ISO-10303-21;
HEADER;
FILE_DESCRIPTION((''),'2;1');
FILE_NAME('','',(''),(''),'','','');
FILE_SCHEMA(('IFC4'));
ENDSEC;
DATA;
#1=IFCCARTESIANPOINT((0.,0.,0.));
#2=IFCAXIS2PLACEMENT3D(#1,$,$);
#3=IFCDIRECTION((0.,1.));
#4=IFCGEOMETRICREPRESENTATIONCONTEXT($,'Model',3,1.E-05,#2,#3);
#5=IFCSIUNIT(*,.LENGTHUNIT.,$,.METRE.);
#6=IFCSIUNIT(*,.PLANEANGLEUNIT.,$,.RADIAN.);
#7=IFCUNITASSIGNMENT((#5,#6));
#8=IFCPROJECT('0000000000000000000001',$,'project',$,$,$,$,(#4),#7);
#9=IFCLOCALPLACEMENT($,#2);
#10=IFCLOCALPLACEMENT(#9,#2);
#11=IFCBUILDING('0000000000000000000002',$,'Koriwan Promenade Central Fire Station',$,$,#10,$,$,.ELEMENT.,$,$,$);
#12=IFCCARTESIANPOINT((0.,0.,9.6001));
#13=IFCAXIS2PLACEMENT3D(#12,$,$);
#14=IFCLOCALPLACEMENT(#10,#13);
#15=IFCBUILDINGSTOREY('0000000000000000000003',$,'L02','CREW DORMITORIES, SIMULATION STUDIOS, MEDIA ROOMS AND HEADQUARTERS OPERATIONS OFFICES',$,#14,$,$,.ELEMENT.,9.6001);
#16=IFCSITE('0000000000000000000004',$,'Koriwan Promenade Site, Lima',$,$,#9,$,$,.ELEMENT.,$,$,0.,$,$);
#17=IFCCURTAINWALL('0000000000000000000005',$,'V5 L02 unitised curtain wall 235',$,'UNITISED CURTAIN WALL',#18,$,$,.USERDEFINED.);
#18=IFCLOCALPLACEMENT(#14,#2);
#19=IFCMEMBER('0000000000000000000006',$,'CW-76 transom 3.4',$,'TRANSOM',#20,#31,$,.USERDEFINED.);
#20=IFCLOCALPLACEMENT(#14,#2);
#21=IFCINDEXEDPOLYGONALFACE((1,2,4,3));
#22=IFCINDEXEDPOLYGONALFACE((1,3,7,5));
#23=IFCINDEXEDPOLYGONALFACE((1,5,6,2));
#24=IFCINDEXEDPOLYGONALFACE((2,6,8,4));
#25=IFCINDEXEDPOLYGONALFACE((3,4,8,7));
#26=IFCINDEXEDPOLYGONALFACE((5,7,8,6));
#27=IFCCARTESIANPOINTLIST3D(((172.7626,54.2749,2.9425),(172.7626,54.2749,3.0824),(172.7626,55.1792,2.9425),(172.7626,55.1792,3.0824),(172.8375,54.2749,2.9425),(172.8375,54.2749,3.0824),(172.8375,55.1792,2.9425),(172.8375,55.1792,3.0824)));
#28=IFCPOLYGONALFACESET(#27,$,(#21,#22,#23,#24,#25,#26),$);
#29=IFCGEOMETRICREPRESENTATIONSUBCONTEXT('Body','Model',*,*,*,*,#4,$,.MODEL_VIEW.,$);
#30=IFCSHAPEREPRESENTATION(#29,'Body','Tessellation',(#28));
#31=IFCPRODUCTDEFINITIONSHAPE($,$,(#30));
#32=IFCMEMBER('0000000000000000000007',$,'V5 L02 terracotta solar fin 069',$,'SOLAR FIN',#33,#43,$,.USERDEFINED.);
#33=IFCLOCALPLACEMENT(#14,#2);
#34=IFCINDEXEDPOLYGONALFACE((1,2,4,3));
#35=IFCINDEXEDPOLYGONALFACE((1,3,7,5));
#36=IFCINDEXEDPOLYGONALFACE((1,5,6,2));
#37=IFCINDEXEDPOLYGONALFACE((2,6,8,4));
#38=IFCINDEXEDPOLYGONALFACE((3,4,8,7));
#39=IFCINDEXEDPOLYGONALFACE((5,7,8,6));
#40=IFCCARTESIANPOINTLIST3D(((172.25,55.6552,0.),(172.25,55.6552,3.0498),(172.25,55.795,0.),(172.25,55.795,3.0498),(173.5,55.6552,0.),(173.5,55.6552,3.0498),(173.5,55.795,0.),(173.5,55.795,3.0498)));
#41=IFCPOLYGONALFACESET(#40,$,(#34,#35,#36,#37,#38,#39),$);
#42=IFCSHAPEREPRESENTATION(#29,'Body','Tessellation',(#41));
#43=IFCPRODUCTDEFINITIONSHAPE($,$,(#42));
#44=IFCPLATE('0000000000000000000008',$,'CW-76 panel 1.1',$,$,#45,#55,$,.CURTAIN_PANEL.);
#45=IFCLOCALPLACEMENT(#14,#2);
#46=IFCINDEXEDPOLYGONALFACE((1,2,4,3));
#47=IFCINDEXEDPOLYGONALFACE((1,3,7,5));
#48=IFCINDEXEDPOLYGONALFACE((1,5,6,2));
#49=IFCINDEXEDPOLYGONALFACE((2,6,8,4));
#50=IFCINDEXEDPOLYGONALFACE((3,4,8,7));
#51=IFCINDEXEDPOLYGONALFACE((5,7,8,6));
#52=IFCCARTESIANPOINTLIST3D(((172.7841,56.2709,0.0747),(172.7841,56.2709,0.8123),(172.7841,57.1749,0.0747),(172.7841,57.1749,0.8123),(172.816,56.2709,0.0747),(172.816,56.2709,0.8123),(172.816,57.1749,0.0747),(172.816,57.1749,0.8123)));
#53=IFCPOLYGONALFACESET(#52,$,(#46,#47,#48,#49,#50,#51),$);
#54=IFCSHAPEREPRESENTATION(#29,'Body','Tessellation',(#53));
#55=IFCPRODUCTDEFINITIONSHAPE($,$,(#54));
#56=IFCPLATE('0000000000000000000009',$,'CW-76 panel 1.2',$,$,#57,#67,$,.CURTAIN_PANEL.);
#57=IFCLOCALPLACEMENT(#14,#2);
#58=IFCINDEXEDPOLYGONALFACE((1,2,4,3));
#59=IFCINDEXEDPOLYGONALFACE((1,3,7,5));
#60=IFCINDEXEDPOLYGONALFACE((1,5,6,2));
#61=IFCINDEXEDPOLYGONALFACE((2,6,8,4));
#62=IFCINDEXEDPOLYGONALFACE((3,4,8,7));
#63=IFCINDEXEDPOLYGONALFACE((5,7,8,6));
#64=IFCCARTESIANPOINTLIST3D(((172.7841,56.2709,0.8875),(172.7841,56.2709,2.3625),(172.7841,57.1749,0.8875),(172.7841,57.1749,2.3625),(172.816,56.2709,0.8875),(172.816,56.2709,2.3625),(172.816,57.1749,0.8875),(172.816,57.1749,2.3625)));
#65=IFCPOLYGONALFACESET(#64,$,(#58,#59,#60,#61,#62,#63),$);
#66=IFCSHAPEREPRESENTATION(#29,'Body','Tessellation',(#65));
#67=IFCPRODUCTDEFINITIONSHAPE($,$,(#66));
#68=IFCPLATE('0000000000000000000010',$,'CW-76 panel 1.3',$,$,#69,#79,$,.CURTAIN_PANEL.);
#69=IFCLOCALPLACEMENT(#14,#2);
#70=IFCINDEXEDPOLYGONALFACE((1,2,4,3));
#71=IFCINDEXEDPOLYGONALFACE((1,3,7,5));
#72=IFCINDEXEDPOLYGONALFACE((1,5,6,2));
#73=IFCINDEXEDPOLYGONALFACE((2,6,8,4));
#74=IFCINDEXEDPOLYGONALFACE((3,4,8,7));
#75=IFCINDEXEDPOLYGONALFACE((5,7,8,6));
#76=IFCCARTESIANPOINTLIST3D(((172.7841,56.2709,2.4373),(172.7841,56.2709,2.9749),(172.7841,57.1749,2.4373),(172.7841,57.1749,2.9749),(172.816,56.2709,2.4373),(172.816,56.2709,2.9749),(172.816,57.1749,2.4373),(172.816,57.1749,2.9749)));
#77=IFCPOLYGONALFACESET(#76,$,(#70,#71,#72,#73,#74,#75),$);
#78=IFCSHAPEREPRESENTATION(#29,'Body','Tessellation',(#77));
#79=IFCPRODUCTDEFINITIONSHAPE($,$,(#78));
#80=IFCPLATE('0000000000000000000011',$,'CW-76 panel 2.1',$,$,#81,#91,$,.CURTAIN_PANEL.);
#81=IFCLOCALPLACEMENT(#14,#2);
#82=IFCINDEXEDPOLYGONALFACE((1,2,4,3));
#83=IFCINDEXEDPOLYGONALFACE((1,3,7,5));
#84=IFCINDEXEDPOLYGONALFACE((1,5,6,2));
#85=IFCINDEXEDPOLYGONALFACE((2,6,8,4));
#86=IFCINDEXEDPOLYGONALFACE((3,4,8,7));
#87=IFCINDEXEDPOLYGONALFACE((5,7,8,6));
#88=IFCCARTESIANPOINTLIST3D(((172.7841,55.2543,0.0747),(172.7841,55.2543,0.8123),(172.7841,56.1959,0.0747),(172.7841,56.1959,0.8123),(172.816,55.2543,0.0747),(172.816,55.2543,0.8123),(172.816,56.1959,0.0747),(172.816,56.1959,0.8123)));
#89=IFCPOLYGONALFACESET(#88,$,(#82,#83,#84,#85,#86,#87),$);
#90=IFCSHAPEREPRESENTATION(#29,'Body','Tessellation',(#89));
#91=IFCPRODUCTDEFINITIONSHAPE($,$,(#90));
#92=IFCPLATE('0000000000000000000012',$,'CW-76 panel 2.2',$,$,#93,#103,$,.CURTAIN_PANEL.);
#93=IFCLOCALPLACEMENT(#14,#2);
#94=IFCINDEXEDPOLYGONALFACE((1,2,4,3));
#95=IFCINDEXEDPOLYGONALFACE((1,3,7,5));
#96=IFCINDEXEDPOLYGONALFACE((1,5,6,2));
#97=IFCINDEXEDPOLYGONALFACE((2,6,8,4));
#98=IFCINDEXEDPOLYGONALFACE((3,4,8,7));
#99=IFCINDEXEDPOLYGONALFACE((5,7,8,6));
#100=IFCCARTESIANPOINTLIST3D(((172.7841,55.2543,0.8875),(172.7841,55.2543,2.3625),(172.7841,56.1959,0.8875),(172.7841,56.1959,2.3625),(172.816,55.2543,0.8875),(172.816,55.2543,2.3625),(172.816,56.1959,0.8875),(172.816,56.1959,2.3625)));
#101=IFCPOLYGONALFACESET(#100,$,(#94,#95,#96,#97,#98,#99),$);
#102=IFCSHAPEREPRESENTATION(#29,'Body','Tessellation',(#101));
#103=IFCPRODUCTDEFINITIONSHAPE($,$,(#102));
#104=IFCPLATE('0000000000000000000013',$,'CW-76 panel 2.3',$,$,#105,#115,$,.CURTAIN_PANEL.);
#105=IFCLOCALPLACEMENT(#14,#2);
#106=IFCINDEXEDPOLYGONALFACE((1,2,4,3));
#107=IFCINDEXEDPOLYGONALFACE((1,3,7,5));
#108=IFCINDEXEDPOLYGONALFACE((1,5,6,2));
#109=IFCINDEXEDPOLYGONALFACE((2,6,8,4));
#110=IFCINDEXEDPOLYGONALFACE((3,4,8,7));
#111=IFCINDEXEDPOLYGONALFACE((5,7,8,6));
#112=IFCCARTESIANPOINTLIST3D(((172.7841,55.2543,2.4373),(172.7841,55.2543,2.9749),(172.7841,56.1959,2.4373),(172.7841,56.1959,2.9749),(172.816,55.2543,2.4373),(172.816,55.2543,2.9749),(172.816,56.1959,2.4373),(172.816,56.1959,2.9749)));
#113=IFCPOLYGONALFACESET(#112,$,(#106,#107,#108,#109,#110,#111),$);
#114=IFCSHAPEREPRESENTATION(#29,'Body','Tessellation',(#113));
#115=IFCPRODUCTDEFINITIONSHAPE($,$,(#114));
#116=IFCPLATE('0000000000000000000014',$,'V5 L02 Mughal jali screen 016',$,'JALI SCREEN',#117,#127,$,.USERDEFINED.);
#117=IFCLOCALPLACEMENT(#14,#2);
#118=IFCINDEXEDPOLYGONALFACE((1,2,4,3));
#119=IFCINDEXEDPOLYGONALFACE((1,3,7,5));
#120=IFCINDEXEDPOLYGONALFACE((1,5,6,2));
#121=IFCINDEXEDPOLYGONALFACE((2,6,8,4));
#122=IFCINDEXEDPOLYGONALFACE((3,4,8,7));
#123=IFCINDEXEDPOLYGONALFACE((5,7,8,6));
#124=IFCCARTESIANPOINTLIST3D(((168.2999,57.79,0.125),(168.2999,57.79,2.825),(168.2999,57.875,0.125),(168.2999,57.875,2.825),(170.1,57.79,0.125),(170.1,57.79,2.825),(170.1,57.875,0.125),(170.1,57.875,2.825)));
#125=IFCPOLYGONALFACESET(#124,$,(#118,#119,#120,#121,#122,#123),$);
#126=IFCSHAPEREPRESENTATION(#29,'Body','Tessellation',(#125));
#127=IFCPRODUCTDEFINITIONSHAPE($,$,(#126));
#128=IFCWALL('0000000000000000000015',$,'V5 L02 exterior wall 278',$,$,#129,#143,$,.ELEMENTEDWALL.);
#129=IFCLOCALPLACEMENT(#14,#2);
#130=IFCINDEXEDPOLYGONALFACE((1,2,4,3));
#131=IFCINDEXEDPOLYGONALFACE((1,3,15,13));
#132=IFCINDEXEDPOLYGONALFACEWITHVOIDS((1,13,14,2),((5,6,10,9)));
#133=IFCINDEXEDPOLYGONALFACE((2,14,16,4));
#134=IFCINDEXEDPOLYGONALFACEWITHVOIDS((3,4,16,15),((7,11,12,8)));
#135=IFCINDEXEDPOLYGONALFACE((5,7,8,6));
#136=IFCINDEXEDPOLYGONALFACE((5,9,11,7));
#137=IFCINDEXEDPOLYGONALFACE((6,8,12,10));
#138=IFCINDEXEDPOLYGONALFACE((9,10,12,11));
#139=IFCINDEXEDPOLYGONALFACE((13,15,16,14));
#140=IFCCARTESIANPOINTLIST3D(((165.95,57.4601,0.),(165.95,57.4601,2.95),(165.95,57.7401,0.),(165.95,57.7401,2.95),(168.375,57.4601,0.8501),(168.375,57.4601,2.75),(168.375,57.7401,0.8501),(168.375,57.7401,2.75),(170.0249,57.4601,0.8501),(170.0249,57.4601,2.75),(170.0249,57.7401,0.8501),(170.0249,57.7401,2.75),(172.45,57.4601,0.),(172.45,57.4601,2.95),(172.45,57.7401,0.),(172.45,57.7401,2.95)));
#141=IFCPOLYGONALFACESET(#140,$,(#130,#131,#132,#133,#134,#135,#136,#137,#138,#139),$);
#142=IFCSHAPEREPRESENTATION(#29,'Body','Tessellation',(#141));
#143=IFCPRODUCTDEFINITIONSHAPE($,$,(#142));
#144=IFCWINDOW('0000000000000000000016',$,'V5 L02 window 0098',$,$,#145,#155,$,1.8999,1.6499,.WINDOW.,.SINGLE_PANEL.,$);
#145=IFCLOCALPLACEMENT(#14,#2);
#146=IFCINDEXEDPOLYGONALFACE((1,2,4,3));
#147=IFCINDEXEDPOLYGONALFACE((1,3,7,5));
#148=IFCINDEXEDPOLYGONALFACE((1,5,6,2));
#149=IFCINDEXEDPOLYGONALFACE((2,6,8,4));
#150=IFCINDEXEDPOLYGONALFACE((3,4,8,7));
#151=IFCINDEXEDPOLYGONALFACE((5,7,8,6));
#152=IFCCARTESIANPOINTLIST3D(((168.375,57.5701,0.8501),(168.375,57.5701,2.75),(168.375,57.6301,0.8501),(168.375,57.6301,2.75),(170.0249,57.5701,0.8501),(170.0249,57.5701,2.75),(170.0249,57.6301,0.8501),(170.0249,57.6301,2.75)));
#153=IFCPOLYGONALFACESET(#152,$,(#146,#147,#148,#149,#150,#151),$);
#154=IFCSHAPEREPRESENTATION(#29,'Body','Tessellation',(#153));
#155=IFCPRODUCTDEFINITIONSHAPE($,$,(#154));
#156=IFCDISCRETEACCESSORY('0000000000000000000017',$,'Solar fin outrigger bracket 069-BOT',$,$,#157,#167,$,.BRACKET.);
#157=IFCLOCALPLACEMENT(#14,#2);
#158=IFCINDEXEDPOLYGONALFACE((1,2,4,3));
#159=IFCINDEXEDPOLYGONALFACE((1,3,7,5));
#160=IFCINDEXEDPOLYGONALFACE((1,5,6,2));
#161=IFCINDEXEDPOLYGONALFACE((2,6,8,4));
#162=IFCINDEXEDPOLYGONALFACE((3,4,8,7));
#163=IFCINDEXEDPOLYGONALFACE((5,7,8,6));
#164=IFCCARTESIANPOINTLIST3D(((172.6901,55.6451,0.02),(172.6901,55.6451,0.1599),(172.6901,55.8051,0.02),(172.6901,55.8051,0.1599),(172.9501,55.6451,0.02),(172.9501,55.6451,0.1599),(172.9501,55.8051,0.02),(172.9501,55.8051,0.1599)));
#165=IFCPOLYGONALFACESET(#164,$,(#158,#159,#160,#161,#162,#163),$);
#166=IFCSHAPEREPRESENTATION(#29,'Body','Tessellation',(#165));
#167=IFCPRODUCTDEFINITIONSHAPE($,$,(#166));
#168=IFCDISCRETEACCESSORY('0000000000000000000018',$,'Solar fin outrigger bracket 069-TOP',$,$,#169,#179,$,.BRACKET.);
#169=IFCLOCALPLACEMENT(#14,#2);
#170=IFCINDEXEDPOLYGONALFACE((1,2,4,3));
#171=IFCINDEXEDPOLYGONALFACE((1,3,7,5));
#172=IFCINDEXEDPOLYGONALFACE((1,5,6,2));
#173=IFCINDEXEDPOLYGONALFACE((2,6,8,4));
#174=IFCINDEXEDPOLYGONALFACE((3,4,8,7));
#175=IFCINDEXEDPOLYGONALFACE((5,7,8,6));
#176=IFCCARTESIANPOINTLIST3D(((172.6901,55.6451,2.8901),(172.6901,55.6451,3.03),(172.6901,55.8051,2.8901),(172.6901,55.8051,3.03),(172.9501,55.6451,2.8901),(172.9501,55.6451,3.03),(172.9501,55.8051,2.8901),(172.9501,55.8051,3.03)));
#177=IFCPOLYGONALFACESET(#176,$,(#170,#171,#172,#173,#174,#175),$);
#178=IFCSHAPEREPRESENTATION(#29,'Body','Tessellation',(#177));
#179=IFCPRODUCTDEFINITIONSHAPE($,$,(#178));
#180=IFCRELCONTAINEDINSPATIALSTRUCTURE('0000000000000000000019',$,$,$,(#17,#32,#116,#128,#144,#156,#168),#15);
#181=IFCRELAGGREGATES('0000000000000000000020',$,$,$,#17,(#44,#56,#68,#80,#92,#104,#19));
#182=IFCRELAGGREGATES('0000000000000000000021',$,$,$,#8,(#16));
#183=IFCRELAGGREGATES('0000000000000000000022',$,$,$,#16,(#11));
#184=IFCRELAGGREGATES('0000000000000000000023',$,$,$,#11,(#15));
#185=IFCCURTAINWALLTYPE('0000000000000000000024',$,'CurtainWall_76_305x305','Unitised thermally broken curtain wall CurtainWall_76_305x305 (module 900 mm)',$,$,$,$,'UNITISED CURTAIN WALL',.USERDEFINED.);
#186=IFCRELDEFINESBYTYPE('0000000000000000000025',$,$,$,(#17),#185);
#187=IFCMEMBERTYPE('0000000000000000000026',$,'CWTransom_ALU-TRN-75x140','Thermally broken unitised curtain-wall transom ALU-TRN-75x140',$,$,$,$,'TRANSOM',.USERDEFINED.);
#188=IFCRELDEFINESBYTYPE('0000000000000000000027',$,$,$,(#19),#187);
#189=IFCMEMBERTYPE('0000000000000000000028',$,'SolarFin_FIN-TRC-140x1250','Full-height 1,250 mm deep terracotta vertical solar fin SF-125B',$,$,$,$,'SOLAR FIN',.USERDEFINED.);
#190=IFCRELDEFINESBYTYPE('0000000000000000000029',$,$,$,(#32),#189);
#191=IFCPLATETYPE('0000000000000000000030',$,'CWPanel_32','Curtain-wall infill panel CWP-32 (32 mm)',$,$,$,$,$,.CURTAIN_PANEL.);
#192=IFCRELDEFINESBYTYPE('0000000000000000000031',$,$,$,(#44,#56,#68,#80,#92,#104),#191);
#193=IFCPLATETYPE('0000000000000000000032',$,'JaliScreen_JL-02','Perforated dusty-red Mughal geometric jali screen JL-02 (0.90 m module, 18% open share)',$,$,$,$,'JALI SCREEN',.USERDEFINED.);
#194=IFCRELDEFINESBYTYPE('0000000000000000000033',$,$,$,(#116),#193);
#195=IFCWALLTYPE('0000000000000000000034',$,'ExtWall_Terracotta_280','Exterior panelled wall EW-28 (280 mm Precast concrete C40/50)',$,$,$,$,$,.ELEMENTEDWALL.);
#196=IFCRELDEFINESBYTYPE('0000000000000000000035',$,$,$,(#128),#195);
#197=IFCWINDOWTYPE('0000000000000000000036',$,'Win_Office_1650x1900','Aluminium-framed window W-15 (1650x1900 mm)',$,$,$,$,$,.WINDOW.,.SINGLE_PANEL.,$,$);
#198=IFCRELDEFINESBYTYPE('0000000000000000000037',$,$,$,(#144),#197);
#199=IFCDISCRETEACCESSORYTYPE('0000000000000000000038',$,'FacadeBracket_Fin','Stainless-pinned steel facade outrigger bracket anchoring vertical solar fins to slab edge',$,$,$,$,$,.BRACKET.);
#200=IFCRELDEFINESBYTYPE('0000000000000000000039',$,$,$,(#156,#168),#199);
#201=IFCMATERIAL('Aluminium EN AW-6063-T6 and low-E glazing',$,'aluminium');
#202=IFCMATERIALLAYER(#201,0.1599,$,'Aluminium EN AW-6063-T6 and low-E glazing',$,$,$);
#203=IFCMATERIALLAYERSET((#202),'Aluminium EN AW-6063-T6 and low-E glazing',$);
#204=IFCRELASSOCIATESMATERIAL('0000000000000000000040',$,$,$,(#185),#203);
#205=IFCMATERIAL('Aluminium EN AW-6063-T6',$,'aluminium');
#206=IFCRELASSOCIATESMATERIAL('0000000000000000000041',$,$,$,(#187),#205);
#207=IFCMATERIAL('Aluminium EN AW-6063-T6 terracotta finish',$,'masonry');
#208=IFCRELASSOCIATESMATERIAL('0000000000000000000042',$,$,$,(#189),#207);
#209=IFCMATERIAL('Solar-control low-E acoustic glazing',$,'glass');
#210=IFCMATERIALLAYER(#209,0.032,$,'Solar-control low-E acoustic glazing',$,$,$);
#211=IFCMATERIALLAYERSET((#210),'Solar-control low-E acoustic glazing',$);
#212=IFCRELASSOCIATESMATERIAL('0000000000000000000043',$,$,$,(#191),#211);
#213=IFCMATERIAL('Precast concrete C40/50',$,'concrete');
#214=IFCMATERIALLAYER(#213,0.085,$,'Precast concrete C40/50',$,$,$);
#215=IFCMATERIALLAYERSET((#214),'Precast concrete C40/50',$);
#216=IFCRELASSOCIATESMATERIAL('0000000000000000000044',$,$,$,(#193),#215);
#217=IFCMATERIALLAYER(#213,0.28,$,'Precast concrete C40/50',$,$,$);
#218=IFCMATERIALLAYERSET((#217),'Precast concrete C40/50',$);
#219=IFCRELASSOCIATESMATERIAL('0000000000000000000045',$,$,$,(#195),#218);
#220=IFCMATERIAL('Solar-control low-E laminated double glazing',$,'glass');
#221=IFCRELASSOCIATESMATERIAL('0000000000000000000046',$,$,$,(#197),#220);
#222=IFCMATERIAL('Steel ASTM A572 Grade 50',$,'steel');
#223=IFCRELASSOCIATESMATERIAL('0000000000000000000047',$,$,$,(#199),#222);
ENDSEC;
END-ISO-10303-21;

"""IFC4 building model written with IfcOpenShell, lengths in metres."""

from ifc_helpers import new_model, si_unit, direction, frame, frame_2d, origin, origin_2d, place, context, subcontext, project, spatial, rectangle, extrude, material, layer, layer_set, material_profile, profile_set, type_object, element, fill, aggregate, save


model = new_model("IFC4")

# Units and contexts
model_context = context("Model", 3, precision=1e-05, world=origin(), true_north=direction((0.0, 1.0)))
body_context = subcontext(model_context, "Body", "Model", "MODEL_VIEW")
ifc_project = project(units=[si_unit("LENGTHUNIT", "METRE"), si_unit("PLANEANGLEUNIT", "RADIAN")], contexts=[model_context])

# Site, building, storey
site_placement = place(None, origin())
site = spatial("IfcSite", under=ifc_project, at=site_placement, Name="Koriwan Promenade Site, Lima", CompositionType="ELEMENT", RefElevation=0.0)
building_placement = place(site_placement, origin())
building = spatial("IfcBuilding", under=site, at=building_placement, Name="Koriwan Promenade Central Fire Station", CompositionType="ELEMENT")
storey_placement = place(building_placement, frame((0.0, 0.0, 9.6001)))
storey = spatial("IfcBuildingStorey", under=building, at=storey_placement, Name="L02", Description="CREW DORMITORIES, SIMULATION STUDIOS, MEDIA ROOMS AND HEADQUARTERS OPERATIONS OFFICES", CompositionType="ELEMENT", Elevation=9.6001)

# Curtain wall, member
ifc_material_1 = material(Name="Aluminium EN AW-6063-T6 and low-E glazing", Category="aluminium")
ifc_layer_1 = layer(ifc_material_1, 0.1599, Name="Aluminium EN AW-6063-T6 and low-E glazing")
ifc_layer_set_1 = layer_set([ifc_layer_1], Name="Aluminium EN AW-6063-T6 and low-E glazing")
curtain_wall_type = type_object("IfcCurtainWallType", Name="CurtainWall_76_305x305", Description="Unitised thermally broken curtain wall CurtainWall_76_305x305 (module 900 mm)", ElementType="UNITISED CURTAIN WALL", PredefinedType="USERDEFINED", material=ifc_layer_set_1)
curtain_wall_placement = place(storey_placement, origin())
curtain_wall = element("IfcCurtainWall", 1, at=curtain_wall_placement, inside=storey, type_object=curtain_wall_type, Name="V5 L02 unitised curtain wall 235", ObjectType="UNITISED CURTAIN WALL", PredefinedType="USERDEFINED")
ifc_material_2 = material(Name="Aluminium EN AW-6063-T6", Category="aluminium")
ifc_material_profile_1 = material_profile(ifc_material_2, rectangle(XDim=0.075, YDim=0.1399, at=origin_2d()), Name="ALU-TRN-75x140")
ifc_profile_set_1 = profile_set([ifc_material_profile_1], Name="Aluminium EN AW-6063-T6")
member_type_1 = type_object("IfcMemberType", Name="CWTransom_ALU-TRN-75x140", Description="Thermally broken unitised curtain-wall transom ALU-TRN-75x140", ElementType="TRANSOM", PredefinedType="USERDEFINED", material=ifc_profile_set_1)
member_1_placement = place(storey_placement, frame((172.8, 55.1792, 3.0125), z_axis=(0.0, -1.0, 0.0), x_axis=(1.0, 0.0, 0.0)))
member_1 = element("IfcMember", 2, at=member_1_placement, type_object=member_type_1, Name="CW-76 transom 3.4", ObjectType="TRANSOM", PredefinedType="USERDEFINED", context=body_context, shape_type="SweptSolid", body=[
    extrude(rectangle(XDim=0.075, YDim=0.1399, at=origin_2d()), origin(), (0.0, 0.0, 1.0), 0.9043),
])

# Member
ifc_material_3 = material(Name="Aluminium EN AW-6063-T6 terracotta finish", Category="masonry")
ifc_material_profile_2 = material_profile(ifc_material_3, rectangle(XDim=0.1399, YDim=1.25, at=origin_2d()), Name="FIN-TRC-140x1250")
ifc_profile_set_2 = profile_set([ifc_material_profile_2], Name="Aluminium EN AW-6063-T6 terracotta finish")
member_type_2 = type_object("IfcMemberType", Name="SolarFin_FIN-TRC-140x1250", Description="Full-height 1,250 mm deep terracotta vertical solar fin SF-125B", ElementType="SOLAR FIN", PredefinedType="USERDEFINED", material=ifc_profile_set_2)
member_2_placement = place(storey_placement, frame((172.875, 55.7251, 0.0), z_axis=(0.0, 0.0, 1.0), x_axis=(0.0, -1.0, 0.0)))
element("IfcMember", 3, at=member_2_placement, inside=storey, type_object=member_type_2, Name="V5 L02 terracotta solar fin 069", ObjectType="SOLAR FIN", PredefinedType="USERDEFINED", context=body_context, shape_type="SweptSolid", body=[
    extrude(rectangle(XDim=0.1399, YDim=1.25, at=origin_2d()), origin(), (0.0, 0.0, 1.0), 3.0498),
])

# Plates
ifc_material_4 = material(Name="Solar-control low-E acoustic glazing", Category="glass")
ifc_layer_2 = layer(ifc_material_4, 0.032, Name="Solar-control low-E acoustic glazing")
ifc_layer_set_2 = layer_set([ifc_layer_2], Name="Solar-control low-E acoustic glazing")
plate_type_1 = type_object("IfcPlateType", Name="CWPanel_32", Description="Curtain-wall infill panel CWP-32 (32 mm)", PredefinedType="CURTAIN_PANEL", material=ifc_layer_set_2)
plate_1_placement = place(storey_placement, frame((172.8, 56.7229, 0.0747), z_axis=(0.0, 0.0, 1.0), x_axis=(0.0, -1.0, 0.0)))
plate_1 = element("IfcPlate", 4, at=plate_1_placement, type_object=plate_type_1, Name="CW-76 panel 1.1", PredefinedType="CURTAIN_PANEL", context=body_context, shape_type="SweptSolid", body=[
    extrude(rectangle(XDim=0.9041, YDim=0.032, at=origin_2d()), origin(), (0.0, 0.0, 1.0), 0.7375),
])
plate_2_placement = place(storey_placement, frame((172.8, 56.7229, 0.8875), z_axis=(0.0, 0.0, 1.0), x_axis=(0.0, -1.0, 0.0)))
plate_2 = element("IfcPlate", 5, at=plate_2_placement, type_object=plate_type_1, Name="CW-76 panel 1.2", PredefinedType="CURTAIN_PANEL", context=body_context, shape_type="SweptSolid", body=[
    extrude(rectangle(XDim=0.9041, YDim=0.032, at=origin_2d()), origin(), (0.0, 0.0, 1.0), 1.4751),
])
plate_3_placement = place(storey_placement, frame((172.8, 56.7229, 2.4373), z_axis=(0.0, 0.0, 1.0), x_axis=(0.0, -1.0, 0.0)))
plate_3 = element("IfcPlate", 6, at=plate_3_placement, type_object=plate_type_1, Name="CW-76 panel 1.3", PredefinedType="CURTAIN_PANEL", context=body_context, shape_type="SweptSolid", body=[
    extrude(rectangle(XDim=0.9041, YDim=0.032, at=origin_2d()), origin(), (0.0, 0.0, 1.0), 0.5376),
])
plate_4_placement = place(storey_placement, frame((172.8, 55.7251, 0.0747), z_axis=(0.0, 0.0, 1.0), x_axis=(0.0, -1.0, 0.0)))
plate_4 = element("IfcPlate", 7, at=plate_4_placement, type_object=plate_type_1, Name="CW-76 panel 2.1", PredefinedType="CURTAIN_PANEL", context=body_context, shape_type="SweptSolid", body=[
    extrude(rectangle(XDim=0.9417, YDim=0.032, at=origin_2d()), origin(), (0.0, 0.0, 1.0), 0.7375),
])
plate_5_placement = place(storey_placement, frame((172.8, 55.7251, 0.8875), z_axis=(0.0, 0.0, 1.0), x_axis=(0.0, -1.0, 0.0)))
plate_5 = element("IfcPlate", 8, at=plate_5_placement, type_object=plate_type_1, Name="CW-76 panel 2.2", PredefinedType="CURTAIN_PANEL", context=body_context, shape_type="SweptSolid", body=[
    extrude(rectangle(XDim=0.9417, YDim=0.032, at=origin_2d()), origin(), (0.0, 0.0, 1.0), 1.4751),
])
plate_6_placement = place(storey_placement, frame((172.8, 55.7251, 2.4373), z_axis=(0.0, 0.0, 1.0), x_axis=(0.0, -1.0, 0.0)))
plate_6 = element("IfcPlate", 9, at=plate_6_placement, type_object=plate_type_1, Name="CW-76 panel 2.3", PredefinedType="CURTAIN_PANEL", context=body_context, shape_type="SweptSolid", body=[
    extrude(rectangle(XDim=0.9417, YDim=0.032, at=origin_2d()), origin(), (0.0, 0.0, 1.0), 0.5376),
])
aggregate(curtain_wall, [plate_1, plate_2, plate_3, plate_4, plate_5, plate_6, member_1])
ifc_material_5 = material(Name="Precast concrete C40/50", Category="concrete")
ifc_layer_3 = layer(ifc_material_5, 0.085, Name="Precast concrete C40/50")
ifc_layer_set_3 = layer_set([ifc_layer_3], Name="Precast concrete C40/50")
plate_type_2 = type_object("IfcPlateType", Name="JaliScreen_JL-02", Description="Perforated dusty-red Mughal geometric jali screen JL-02 (0.90 m module, 18% open share)", ElementType="JALI SCREEN", PredefinedType="USERDEFINED", material=ifc_layer_set_3)
plate_7_placement = place(storey_placement, frame((169.2, 57.8325, 0.125), z_axis=(0.0, 0.0, 1.0), x_axis=(1.0, 0.0, 0.0)))
element("IfcPlate", 10, at=plate_7_placement, inside=storey, type_object=plate_type_2, Name="V5 L02 Mughal jali screen 016", ObjectType="JALI SCREEN", PredefinedType="USERDEFINED", context=body_context, shape_type="SweptSolid", body=[
    extrude(rectangle(XDim=1.8, YDim=0.085, at=origin_2d()), origin(), (0.0, 0.0, 1.0), 2.7),
])

# Wall, opening, window
ifc_layer_4 = layer(ifc_material_5, 0.28, Name="Precast concrete C40/50")
ifc_layer_set_4 = layer_set([ifc_layer_4], Name="Precast concrete C40/50")
wall_type = type_object("IfcWallType", Name="ExtWall_Terracotta_280", Description="Exterior panelled wall EW-28 (280 mm Precast concrete C40/50)", PredefinedType="ELEMENTEDWALL", material=ifc_layer_set_4)
wall_placement = place(storey_placement, frame((165.95, 57.6001, 0.0), z_axis=(0.0, 0.0, 1.0), x_axis=(1.0, 0.0, 0.0)))
wall = element("IfcWall", 11, at=wall_placement, inside=storey, type_object=wall_type, Name="V5 L02 exterior wall 278", PredefinedType="ELEMENTEDWALL", context=body_context, shape_type="SweptSolid", body=[
    extrude(rectangle(XDim=6.5, YDim=0.28, at=frame_2d((3.25, 0.0))), origin(), (0.0, 0.0, 1.0), 2.95),
])
opening_placement = place(wall_placement, frame((2.425, 0.0, 0.8501)))
opening = element("IfcOpeningElement", 12, at=opening_placement, cuts=wall, PredefinedType="OPENING", context=body_context, shape_type="SweptSolid", body=[
    extrude(rectangle(XDim=1.6499, YDim=1.8999, at=frame_2d((0.825, 0.95))), frame((0.0, 0.1519, 0.0), z_axis=(0.0, -1.0, 0.0), x_axis=(1.0, 0.0, 0.0)), (0.0, 0.0, 1.0), 0.304),
])
ifc_material_6 = material(Name="Solar-control low-E laminated double glazing", Category="glass")
window_type = type_object("IfcWindowType", Name="Win_Office_1650x1900", Description="Aluminium-framed window W-15 (1650x1900 mm)", PartitioningType="SINGLE_PANEL", PredefinedType="WINDOW", material=ifc_material_6)
window_placement = place(opening_placement, origin())
window = element("IfcWindow", 13, at=window_placement, inside=storey, type_object=window_type, Name="V5 L02 window 0098", OverallHeight=1.8999, OverallWidth=1.6499, PartitioningType="SINGLE_PANEL", PredefinedType="WINDOW", context=body_context, shape_type="SweptSolid", body=[
    extrude(rectangle(XDim=1.6499, YDim=1.8999, at=frame_2d((0.825, 0.95))), frame((0.0, 0.03, 0.0), z_axis=(0.0, -1.0, 0.0), x_axis=(1.0, 0.0, 0.0)), (0.0, 0.0, 1.0), 0.0601),
])
fill(opening, window)

# Discrete accessories
ifc_material_7 = material(Name="Steel ASTM A572 Grade 50", Category="steel")
discrete_accessory_type_1 = type_object("IfcDiscreteAccessoryType", Name="FacadeBracket_Fin", Description="Stainless-pinned steel facade outrigger bracket anchoring vertical solar fins to slab edge", PredefinedType="BRACKET", material=ifc_material_7)
for number, where, z_axis, x_axis, name in (
    (14, (172.8201, 55.7251, 0.02), (0.0, 0.0, 1.0), (1.0, 0.0, 0.0), "Solar fin outrigger bracket 069-BOT"),
    (15, (172.8201, 55.7251, 2.8901), (0.0, 0.0, 1.0), (1.0, 0.0, 0.0), "Solar fin outrigger bracket 069-TOP"),
):
    element("IfcDiscreteAccessory", number, at=place(storey_placement, frame(where, z_axis=z_axis, x_axis=x_axis)), inside=storey, type_object=discrete_accessory_type_1, Name=name, PredefinedType="BRACKET", context=body_context, shape_type="SweptSolid", body=[
        extrude(rectangle(XDim=0.26, YDim=0.1599, at=origin_2d()), origin(), (0.0, 0.0, 1.0), 0.1399),
    ])

save(model, "model.ifc")
